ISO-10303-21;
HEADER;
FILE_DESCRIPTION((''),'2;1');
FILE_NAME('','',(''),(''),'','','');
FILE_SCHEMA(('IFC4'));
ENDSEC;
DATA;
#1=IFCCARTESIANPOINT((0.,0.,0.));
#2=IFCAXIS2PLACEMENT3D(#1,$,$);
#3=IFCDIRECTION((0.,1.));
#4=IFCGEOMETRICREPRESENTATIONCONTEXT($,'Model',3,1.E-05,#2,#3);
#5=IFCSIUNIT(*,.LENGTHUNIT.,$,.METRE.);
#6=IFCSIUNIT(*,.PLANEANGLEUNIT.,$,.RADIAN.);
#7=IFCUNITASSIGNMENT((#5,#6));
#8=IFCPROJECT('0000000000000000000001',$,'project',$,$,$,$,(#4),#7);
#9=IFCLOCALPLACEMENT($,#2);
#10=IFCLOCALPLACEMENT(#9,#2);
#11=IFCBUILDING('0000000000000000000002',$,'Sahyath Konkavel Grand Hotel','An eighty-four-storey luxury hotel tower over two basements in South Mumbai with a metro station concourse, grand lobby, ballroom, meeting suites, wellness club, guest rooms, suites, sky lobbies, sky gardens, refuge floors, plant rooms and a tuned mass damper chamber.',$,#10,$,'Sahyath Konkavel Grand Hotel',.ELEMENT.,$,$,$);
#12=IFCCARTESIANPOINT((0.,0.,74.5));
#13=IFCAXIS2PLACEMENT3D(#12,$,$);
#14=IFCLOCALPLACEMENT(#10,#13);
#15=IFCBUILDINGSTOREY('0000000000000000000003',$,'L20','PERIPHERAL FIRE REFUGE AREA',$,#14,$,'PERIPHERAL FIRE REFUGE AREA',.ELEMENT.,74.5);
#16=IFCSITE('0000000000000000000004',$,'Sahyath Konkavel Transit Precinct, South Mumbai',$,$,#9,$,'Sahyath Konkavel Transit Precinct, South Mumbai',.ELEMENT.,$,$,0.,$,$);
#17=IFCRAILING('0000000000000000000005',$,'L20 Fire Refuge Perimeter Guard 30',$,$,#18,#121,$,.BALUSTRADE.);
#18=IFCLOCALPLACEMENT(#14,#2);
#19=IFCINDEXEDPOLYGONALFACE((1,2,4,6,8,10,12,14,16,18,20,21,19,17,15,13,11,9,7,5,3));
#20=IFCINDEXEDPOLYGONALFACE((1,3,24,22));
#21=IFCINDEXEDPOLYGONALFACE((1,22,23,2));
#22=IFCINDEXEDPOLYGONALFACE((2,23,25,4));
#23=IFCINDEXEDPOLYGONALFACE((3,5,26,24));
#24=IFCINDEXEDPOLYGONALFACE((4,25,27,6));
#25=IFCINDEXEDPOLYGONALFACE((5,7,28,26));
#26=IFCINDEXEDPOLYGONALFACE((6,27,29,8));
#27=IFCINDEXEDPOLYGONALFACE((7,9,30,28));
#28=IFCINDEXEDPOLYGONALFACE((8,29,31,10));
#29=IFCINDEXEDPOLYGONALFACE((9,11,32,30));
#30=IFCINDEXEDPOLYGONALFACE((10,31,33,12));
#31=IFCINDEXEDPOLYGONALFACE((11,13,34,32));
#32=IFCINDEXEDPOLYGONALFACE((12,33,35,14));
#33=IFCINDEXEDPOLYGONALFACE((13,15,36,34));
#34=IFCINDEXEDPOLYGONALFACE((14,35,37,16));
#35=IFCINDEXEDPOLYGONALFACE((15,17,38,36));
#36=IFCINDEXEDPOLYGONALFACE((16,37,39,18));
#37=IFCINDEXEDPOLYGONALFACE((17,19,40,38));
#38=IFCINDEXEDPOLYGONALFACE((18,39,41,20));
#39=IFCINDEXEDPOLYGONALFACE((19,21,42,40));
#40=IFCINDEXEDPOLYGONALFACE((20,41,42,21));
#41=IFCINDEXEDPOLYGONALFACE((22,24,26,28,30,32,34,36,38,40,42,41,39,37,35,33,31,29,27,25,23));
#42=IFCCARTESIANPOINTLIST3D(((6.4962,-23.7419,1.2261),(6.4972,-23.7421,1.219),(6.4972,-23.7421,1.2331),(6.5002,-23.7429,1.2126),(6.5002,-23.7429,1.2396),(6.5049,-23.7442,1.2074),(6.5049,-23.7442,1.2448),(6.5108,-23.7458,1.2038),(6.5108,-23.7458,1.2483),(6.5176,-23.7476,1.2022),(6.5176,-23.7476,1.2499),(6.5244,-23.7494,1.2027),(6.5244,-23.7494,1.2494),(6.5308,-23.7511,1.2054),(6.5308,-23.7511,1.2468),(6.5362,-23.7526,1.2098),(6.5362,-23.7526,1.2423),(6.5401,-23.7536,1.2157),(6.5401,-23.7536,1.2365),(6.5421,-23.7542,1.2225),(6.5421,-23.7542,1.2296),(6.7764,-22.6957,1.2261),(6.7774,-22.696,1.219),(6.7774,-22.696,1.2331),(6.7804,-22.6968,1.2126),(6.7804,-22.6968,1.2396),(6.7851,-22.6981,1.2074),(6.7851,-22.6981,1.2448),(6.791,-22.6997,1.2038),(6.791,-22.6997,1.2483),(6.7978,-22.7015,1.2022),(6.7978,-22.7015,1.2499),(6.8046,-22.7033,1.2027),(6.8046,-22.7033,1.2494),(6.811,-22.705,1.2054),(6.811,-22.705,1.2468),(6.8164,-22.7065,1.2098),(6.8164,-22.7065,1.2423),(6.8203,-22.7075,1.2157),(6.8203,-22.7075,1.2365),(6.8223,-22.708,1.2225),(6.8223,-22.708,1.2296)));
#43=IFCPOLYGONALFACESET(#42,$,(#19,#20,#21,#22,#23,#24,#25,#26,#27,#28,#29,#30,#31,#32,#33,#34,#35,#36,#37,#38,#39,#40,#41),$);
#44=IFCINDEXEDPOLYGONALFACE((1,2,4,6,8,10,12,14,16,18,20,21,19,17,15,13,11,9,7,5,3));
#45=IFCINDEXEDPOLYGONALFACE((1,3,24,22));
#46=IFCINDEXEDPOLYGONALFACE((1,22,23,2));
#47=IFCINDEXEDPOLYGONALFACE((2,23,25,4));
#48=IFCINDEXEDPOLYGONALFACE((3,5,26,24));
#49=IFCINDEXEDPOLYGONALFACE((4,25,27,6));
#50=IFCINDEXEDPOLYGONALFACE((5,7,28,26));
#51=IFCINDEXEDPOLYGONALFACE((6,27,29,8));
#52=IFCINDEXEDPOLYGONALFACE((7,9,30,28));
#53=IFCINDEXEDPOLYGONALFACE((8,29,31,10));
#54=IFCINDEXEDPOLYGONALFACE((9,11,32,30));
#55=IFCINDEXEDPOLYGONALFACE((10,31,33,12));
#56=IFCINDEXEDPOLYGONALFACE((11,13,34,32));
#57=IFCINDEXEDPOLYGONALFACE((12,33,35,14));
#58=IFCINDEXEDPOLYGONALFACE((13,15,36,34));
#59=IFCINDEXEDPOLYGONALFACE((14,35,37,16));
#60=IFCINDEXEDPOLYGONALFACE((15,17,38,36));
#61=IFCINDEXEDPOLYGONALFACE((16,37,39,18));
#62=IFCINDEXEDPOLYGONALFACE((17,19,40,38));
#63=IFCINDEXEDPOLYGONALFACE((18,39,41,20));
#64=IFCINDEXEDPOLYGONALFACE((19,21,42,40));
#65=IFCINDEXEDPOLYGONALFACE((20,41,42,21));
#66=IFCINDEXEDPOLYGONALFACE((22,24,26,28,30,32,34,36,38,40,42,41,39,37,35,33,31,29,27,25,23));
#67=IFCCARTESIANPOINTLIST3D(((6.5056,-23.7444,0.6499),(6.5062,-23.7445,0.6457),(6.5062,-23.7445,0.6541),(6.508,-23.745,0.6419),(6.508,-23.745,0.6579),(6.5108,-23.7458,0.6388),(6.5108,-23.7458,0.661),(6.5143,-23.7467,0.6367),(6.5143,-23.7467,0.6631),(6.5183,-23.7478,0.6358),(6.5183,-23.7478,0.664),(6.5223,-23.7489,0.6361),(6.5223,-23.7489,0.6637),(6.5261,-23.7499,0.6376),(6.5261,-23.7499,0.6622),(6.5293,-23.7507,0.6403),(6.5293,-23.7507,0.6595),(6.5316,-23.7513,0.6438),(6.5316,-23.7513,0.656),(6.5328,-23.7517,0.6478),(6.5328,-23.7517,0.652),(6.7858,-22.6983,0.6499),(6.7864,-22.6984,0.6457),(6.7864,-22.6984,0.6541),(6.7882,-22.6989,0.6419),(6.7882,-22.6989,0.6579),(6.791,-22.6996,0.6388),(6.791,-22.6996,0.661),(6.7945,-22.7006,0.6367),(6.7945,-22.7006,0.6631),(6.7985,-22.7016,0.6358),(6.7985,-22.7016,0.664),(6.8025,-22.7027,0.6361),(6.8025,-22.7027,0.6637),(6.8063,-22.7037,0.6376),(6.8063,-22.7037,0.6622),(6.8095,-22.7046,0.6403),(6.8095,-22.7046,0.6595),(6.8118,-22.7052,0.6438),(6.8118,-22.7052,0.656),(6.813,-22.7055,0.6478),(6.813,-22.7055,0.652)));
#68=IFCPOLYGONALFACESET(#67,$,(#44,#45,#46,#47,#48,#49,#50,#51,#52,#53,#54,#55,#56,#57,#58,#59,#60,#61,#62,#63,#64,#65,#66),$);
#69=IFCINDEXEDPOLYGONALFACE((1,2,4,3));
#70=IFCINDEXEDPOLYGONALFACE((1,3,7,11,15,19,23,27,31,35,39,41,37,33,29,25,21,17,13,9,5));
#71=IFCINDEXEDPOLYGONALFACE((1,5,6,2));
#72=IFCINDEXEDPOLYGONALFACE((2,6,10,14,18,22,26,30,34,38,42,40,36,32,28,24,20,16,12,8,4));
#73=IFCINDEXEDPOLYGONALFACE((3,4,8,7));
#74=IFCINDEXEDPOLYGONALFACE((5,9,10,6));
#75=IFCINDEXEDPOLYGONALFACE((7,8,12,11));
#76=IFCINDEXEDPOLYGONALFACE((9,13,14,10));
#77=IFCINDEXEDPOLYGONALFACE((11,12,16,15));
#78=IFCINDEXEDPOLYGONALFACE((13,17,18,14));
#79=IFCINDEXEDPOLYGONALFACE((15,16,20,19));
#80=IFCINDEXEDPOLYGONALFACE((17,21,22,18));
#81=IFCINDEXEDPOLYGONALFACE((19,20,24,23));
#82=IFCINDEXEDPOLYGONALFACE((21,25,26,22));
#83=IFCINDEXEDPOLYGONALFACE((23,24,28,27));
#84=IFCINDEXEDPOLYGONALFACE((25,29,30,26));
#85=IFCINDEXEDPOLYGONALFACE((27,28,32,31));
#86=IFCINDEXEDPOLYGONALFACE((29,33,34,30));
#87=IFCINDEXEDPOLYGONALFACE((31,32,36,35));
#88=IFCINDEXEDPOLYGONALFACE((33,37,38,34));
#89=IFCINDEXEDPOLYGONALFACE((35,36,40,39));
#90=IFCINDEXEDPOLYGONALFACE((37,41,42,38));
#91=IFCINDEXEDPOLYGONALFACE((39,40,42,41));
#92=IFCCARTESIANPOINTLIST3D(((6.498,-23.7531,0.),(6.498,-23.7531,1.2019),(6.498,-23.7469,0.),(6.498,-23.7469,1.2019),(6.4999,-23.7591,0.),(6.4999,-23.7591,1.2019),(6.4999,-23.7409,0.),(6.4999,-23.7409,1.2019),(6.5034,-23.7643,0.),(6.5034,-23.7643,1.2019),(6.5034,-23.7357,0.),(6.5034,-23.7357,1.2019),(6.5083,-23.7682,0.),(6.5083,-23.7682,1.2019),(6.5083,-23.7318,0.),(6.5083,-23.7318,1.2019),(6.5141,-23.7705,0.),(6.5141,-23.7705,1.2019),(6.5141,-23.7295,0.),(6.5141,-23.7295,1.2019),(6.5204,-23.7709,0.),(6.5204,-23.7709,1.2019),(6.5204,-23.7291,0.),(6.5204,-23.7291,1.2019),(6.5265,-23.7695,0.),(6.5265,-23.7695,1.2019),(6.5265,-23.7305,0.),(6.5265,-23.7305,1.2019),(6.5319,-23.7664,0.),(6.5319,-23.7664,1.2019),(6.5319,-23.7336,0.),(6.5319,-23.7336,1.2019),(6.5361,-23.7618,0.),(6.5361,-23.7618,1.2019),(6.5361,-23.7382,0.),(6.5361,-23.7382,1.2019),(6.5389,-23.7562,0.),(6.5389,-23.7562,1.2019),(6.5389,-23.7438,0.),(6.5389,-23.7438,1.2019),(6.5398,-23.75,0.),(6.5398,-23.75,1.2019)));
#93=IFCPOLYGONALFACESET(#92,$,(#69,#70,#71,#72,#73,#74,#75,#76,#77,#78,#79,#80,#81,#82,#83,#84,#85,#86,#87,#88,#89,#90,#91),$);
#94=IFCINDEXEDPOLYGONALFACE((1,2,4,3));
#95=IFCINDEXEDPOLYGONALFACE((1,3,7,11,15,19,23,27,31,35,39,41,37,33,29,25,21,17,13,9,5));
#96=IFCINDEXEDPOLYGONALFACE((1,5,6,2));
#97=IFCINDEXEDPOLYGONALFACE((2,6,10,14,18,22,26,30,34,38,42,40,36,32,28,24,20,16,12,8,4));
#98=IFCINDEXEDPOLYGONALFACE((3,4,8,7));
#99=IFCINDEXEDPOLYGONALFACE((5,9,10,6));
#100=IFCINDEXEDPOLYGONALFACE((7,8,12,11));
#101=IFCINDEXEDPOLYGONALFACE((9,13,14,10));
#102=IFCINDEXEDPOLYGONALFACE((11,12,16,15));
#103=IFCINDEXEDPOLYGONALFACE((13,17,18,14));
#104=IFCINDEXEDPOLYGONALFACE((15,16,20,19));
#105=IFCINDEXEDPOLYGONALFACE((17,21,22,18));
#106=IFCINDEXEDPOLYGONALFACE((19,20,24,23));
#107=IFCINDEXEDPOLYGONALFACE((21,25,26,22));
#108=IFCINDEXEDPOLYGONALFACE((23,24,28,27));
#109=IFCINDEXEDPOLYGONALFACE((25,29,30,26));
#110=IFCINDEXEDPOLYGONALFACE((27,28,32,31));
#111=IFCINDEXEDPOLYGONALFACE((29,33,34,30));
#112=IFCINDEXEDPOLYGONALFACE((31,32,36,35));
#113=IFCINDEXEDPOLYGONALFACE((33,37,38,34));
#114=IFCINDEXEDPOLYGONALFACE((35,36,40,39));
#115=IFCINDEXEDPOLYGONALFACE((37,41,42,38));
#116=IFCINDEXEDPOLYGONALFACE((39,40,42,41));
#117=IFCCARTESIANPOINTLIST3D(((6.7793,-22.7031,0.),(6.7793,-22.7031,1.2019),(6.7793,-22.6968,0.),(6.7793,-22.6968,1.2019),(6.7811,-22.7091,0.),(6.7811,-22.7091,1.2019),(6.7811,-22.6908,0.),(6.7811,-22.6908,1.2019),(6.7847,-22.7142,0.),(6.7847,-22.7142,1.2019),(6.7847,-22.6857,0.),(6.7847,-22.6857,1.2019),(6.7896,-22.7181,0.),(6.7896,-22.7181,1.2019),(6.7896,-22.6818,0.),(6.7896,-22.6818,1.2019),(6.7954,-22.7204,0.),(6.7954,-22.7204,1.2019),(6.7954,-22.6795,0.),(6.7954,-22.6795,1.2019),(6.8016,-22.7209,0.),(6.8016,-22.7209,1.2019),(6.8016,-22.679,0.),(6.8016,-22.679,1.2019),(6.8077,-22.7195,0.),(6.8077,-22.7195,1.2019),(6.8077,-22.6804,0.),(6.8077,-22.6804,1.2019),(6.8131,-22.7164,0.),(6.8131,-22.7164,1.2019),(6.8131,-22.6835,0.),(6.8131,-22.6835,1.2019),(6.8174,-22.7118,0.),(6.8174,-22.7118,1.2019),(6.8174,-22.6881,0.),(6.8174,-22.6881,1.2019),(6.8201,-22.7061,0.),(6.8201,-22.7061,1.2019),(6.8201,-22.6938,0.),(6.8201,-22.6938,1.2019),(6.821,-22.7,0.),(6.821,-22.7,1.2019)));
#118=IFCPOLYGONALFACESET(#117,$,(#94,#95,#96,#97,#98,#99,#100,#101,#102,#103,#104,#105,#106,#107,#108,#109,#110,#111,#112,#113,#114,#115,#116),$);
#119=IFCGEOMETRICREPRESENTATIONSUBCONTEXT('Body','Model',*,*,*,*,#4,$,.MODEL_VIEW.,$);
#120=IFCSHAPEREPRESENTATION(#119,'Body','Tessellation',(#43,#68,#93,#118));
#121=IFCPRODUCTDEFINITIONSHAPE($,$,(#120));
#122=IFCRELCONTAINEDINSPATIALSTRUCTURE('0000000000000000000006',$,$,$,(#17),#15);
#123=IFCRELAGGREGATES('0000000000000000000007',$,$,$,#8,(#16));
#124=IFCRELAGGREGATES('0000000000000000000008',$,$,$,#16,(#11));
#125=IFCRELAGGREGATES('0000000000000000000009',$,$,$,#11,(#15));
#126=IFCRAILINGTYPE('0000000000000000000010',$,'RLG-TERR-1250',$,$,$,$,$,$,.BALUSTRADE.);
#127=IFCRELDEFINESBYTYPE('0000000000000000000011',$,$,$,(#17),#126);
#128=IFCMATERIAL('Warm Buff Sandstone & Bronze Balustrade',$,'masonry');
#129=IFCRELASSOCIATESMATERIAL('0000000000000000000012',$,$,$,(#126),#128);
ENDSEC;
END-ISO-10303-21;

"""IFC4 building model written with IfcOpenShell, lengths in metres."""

from ifc_helpers import new_model, si_unit, direction, frame, origin, origin_2d, place, context, subcontext, project, spatial, circle, extrude, material, type_object, element, save


model = new_model("IFC4")

# Units and contexts
model_context = context("Model", 3, precision=1e-05, world=origin(), true_north=direction((0.0, 1.0)))
body_context = subcontext(model_context, "Body", "Model", "MODEL_VIEW")
ifc_project = project(units=[si_unit("LENGTHUNIT", "METRE"), si_unit("PLANEANGLEUNIT", "RADIAN")], contexts=[model_context])

# Site, building, storey
site_placement = place(None, origin())
site = spatial("IfcSite", under=ifc_project, at=site_placement, Name="Sahyath Konkavel Transit Precinct, South Mumbai", LongName="Sahyath Konkavel Transit Precinct, South Mumbai", CompositionType="ELEMENT", RefElevation=0.0)
building_placement = place(site_placement, origin())
building = spatial("IfcBuilding", under=site, at=building_placement, Name="Sahyath Konkavel Grand Hotel", Description="An eighty-four-storey luxury hotel tower over two basements in South Mumbai with a metro station concourse, grand lobby, ballroom, meeting suites, wellness club, guest rooms, suites, sky lobbies, sky gardens, refuge floors, plant rooms and a tuned mass damper chamber.", LongName="Sahyath Konkavel Grand Hotel", CompositionType="ELEMENT")
storey_placement = place(building_placement, frame((0.0, 0.0, 74.5)))
storey = spatial("IfcBuildingStorey", under=building, at=storey_placement, Name="L20", Description="PERIPHERAL FIRE REFUGE AREA", LongName="PERIPHERAL FIRE REFUGE AREA", CompositionType="ELEMENT", Elevation=74.5)

# Railing
ifc_material_1 = material(Name="Warm Buff Sandstone & Bronze Balustrade", Category="masonry")
railing_type = type_object("IfcRailingType", Name="RLG-TERR-1250", PredefinedType="BALUSTRADE", material=ifc_material_1)
railing_1_placement = place(storey_placement, frame((6.5188, -23.75, 0.0)))
element("IfcRailing", 1, at=railing_1_placement, inside=storey, type_object=railing_type, Name="L20 Fire Refuge Perimeter Guard 30", PredefinedType="BALUSTRADE", context=body_context, shape_type="SweptSolid", body=[
    extrude(circle(Radius=0.0239, at=origin_2d()), frame((0.0005, 0.002, 1.2261), z_axis=(0.258725, 0.965951, 0.0), x_axis=(-0.965951, 0.258725, 0.0)), (0.0, 0.0, 1.0), 1.083),
    extrude(circle(Radius=0.0142, at=origin_2d()), frame((0.0005, 0.002, 0.6499), z_axis=(0.258725, 0.965951, 0.0), x_axis=(-0.965951, 0.258725, 0.0)), (0.0, 0.0, 1.0), 1.083),
    extrude(circle(Radius=0.021, at=origin_2d()), origin(), (0.0, 0.0, 1.0), 1.2019),
    extrude(circle(Radius=0.021, at=origin_2d()), frame((0.2812, 1.05, 0.0)), (0.0, 0.0, 1.0), 1.2019),
])

save(model, "model.ifc")
